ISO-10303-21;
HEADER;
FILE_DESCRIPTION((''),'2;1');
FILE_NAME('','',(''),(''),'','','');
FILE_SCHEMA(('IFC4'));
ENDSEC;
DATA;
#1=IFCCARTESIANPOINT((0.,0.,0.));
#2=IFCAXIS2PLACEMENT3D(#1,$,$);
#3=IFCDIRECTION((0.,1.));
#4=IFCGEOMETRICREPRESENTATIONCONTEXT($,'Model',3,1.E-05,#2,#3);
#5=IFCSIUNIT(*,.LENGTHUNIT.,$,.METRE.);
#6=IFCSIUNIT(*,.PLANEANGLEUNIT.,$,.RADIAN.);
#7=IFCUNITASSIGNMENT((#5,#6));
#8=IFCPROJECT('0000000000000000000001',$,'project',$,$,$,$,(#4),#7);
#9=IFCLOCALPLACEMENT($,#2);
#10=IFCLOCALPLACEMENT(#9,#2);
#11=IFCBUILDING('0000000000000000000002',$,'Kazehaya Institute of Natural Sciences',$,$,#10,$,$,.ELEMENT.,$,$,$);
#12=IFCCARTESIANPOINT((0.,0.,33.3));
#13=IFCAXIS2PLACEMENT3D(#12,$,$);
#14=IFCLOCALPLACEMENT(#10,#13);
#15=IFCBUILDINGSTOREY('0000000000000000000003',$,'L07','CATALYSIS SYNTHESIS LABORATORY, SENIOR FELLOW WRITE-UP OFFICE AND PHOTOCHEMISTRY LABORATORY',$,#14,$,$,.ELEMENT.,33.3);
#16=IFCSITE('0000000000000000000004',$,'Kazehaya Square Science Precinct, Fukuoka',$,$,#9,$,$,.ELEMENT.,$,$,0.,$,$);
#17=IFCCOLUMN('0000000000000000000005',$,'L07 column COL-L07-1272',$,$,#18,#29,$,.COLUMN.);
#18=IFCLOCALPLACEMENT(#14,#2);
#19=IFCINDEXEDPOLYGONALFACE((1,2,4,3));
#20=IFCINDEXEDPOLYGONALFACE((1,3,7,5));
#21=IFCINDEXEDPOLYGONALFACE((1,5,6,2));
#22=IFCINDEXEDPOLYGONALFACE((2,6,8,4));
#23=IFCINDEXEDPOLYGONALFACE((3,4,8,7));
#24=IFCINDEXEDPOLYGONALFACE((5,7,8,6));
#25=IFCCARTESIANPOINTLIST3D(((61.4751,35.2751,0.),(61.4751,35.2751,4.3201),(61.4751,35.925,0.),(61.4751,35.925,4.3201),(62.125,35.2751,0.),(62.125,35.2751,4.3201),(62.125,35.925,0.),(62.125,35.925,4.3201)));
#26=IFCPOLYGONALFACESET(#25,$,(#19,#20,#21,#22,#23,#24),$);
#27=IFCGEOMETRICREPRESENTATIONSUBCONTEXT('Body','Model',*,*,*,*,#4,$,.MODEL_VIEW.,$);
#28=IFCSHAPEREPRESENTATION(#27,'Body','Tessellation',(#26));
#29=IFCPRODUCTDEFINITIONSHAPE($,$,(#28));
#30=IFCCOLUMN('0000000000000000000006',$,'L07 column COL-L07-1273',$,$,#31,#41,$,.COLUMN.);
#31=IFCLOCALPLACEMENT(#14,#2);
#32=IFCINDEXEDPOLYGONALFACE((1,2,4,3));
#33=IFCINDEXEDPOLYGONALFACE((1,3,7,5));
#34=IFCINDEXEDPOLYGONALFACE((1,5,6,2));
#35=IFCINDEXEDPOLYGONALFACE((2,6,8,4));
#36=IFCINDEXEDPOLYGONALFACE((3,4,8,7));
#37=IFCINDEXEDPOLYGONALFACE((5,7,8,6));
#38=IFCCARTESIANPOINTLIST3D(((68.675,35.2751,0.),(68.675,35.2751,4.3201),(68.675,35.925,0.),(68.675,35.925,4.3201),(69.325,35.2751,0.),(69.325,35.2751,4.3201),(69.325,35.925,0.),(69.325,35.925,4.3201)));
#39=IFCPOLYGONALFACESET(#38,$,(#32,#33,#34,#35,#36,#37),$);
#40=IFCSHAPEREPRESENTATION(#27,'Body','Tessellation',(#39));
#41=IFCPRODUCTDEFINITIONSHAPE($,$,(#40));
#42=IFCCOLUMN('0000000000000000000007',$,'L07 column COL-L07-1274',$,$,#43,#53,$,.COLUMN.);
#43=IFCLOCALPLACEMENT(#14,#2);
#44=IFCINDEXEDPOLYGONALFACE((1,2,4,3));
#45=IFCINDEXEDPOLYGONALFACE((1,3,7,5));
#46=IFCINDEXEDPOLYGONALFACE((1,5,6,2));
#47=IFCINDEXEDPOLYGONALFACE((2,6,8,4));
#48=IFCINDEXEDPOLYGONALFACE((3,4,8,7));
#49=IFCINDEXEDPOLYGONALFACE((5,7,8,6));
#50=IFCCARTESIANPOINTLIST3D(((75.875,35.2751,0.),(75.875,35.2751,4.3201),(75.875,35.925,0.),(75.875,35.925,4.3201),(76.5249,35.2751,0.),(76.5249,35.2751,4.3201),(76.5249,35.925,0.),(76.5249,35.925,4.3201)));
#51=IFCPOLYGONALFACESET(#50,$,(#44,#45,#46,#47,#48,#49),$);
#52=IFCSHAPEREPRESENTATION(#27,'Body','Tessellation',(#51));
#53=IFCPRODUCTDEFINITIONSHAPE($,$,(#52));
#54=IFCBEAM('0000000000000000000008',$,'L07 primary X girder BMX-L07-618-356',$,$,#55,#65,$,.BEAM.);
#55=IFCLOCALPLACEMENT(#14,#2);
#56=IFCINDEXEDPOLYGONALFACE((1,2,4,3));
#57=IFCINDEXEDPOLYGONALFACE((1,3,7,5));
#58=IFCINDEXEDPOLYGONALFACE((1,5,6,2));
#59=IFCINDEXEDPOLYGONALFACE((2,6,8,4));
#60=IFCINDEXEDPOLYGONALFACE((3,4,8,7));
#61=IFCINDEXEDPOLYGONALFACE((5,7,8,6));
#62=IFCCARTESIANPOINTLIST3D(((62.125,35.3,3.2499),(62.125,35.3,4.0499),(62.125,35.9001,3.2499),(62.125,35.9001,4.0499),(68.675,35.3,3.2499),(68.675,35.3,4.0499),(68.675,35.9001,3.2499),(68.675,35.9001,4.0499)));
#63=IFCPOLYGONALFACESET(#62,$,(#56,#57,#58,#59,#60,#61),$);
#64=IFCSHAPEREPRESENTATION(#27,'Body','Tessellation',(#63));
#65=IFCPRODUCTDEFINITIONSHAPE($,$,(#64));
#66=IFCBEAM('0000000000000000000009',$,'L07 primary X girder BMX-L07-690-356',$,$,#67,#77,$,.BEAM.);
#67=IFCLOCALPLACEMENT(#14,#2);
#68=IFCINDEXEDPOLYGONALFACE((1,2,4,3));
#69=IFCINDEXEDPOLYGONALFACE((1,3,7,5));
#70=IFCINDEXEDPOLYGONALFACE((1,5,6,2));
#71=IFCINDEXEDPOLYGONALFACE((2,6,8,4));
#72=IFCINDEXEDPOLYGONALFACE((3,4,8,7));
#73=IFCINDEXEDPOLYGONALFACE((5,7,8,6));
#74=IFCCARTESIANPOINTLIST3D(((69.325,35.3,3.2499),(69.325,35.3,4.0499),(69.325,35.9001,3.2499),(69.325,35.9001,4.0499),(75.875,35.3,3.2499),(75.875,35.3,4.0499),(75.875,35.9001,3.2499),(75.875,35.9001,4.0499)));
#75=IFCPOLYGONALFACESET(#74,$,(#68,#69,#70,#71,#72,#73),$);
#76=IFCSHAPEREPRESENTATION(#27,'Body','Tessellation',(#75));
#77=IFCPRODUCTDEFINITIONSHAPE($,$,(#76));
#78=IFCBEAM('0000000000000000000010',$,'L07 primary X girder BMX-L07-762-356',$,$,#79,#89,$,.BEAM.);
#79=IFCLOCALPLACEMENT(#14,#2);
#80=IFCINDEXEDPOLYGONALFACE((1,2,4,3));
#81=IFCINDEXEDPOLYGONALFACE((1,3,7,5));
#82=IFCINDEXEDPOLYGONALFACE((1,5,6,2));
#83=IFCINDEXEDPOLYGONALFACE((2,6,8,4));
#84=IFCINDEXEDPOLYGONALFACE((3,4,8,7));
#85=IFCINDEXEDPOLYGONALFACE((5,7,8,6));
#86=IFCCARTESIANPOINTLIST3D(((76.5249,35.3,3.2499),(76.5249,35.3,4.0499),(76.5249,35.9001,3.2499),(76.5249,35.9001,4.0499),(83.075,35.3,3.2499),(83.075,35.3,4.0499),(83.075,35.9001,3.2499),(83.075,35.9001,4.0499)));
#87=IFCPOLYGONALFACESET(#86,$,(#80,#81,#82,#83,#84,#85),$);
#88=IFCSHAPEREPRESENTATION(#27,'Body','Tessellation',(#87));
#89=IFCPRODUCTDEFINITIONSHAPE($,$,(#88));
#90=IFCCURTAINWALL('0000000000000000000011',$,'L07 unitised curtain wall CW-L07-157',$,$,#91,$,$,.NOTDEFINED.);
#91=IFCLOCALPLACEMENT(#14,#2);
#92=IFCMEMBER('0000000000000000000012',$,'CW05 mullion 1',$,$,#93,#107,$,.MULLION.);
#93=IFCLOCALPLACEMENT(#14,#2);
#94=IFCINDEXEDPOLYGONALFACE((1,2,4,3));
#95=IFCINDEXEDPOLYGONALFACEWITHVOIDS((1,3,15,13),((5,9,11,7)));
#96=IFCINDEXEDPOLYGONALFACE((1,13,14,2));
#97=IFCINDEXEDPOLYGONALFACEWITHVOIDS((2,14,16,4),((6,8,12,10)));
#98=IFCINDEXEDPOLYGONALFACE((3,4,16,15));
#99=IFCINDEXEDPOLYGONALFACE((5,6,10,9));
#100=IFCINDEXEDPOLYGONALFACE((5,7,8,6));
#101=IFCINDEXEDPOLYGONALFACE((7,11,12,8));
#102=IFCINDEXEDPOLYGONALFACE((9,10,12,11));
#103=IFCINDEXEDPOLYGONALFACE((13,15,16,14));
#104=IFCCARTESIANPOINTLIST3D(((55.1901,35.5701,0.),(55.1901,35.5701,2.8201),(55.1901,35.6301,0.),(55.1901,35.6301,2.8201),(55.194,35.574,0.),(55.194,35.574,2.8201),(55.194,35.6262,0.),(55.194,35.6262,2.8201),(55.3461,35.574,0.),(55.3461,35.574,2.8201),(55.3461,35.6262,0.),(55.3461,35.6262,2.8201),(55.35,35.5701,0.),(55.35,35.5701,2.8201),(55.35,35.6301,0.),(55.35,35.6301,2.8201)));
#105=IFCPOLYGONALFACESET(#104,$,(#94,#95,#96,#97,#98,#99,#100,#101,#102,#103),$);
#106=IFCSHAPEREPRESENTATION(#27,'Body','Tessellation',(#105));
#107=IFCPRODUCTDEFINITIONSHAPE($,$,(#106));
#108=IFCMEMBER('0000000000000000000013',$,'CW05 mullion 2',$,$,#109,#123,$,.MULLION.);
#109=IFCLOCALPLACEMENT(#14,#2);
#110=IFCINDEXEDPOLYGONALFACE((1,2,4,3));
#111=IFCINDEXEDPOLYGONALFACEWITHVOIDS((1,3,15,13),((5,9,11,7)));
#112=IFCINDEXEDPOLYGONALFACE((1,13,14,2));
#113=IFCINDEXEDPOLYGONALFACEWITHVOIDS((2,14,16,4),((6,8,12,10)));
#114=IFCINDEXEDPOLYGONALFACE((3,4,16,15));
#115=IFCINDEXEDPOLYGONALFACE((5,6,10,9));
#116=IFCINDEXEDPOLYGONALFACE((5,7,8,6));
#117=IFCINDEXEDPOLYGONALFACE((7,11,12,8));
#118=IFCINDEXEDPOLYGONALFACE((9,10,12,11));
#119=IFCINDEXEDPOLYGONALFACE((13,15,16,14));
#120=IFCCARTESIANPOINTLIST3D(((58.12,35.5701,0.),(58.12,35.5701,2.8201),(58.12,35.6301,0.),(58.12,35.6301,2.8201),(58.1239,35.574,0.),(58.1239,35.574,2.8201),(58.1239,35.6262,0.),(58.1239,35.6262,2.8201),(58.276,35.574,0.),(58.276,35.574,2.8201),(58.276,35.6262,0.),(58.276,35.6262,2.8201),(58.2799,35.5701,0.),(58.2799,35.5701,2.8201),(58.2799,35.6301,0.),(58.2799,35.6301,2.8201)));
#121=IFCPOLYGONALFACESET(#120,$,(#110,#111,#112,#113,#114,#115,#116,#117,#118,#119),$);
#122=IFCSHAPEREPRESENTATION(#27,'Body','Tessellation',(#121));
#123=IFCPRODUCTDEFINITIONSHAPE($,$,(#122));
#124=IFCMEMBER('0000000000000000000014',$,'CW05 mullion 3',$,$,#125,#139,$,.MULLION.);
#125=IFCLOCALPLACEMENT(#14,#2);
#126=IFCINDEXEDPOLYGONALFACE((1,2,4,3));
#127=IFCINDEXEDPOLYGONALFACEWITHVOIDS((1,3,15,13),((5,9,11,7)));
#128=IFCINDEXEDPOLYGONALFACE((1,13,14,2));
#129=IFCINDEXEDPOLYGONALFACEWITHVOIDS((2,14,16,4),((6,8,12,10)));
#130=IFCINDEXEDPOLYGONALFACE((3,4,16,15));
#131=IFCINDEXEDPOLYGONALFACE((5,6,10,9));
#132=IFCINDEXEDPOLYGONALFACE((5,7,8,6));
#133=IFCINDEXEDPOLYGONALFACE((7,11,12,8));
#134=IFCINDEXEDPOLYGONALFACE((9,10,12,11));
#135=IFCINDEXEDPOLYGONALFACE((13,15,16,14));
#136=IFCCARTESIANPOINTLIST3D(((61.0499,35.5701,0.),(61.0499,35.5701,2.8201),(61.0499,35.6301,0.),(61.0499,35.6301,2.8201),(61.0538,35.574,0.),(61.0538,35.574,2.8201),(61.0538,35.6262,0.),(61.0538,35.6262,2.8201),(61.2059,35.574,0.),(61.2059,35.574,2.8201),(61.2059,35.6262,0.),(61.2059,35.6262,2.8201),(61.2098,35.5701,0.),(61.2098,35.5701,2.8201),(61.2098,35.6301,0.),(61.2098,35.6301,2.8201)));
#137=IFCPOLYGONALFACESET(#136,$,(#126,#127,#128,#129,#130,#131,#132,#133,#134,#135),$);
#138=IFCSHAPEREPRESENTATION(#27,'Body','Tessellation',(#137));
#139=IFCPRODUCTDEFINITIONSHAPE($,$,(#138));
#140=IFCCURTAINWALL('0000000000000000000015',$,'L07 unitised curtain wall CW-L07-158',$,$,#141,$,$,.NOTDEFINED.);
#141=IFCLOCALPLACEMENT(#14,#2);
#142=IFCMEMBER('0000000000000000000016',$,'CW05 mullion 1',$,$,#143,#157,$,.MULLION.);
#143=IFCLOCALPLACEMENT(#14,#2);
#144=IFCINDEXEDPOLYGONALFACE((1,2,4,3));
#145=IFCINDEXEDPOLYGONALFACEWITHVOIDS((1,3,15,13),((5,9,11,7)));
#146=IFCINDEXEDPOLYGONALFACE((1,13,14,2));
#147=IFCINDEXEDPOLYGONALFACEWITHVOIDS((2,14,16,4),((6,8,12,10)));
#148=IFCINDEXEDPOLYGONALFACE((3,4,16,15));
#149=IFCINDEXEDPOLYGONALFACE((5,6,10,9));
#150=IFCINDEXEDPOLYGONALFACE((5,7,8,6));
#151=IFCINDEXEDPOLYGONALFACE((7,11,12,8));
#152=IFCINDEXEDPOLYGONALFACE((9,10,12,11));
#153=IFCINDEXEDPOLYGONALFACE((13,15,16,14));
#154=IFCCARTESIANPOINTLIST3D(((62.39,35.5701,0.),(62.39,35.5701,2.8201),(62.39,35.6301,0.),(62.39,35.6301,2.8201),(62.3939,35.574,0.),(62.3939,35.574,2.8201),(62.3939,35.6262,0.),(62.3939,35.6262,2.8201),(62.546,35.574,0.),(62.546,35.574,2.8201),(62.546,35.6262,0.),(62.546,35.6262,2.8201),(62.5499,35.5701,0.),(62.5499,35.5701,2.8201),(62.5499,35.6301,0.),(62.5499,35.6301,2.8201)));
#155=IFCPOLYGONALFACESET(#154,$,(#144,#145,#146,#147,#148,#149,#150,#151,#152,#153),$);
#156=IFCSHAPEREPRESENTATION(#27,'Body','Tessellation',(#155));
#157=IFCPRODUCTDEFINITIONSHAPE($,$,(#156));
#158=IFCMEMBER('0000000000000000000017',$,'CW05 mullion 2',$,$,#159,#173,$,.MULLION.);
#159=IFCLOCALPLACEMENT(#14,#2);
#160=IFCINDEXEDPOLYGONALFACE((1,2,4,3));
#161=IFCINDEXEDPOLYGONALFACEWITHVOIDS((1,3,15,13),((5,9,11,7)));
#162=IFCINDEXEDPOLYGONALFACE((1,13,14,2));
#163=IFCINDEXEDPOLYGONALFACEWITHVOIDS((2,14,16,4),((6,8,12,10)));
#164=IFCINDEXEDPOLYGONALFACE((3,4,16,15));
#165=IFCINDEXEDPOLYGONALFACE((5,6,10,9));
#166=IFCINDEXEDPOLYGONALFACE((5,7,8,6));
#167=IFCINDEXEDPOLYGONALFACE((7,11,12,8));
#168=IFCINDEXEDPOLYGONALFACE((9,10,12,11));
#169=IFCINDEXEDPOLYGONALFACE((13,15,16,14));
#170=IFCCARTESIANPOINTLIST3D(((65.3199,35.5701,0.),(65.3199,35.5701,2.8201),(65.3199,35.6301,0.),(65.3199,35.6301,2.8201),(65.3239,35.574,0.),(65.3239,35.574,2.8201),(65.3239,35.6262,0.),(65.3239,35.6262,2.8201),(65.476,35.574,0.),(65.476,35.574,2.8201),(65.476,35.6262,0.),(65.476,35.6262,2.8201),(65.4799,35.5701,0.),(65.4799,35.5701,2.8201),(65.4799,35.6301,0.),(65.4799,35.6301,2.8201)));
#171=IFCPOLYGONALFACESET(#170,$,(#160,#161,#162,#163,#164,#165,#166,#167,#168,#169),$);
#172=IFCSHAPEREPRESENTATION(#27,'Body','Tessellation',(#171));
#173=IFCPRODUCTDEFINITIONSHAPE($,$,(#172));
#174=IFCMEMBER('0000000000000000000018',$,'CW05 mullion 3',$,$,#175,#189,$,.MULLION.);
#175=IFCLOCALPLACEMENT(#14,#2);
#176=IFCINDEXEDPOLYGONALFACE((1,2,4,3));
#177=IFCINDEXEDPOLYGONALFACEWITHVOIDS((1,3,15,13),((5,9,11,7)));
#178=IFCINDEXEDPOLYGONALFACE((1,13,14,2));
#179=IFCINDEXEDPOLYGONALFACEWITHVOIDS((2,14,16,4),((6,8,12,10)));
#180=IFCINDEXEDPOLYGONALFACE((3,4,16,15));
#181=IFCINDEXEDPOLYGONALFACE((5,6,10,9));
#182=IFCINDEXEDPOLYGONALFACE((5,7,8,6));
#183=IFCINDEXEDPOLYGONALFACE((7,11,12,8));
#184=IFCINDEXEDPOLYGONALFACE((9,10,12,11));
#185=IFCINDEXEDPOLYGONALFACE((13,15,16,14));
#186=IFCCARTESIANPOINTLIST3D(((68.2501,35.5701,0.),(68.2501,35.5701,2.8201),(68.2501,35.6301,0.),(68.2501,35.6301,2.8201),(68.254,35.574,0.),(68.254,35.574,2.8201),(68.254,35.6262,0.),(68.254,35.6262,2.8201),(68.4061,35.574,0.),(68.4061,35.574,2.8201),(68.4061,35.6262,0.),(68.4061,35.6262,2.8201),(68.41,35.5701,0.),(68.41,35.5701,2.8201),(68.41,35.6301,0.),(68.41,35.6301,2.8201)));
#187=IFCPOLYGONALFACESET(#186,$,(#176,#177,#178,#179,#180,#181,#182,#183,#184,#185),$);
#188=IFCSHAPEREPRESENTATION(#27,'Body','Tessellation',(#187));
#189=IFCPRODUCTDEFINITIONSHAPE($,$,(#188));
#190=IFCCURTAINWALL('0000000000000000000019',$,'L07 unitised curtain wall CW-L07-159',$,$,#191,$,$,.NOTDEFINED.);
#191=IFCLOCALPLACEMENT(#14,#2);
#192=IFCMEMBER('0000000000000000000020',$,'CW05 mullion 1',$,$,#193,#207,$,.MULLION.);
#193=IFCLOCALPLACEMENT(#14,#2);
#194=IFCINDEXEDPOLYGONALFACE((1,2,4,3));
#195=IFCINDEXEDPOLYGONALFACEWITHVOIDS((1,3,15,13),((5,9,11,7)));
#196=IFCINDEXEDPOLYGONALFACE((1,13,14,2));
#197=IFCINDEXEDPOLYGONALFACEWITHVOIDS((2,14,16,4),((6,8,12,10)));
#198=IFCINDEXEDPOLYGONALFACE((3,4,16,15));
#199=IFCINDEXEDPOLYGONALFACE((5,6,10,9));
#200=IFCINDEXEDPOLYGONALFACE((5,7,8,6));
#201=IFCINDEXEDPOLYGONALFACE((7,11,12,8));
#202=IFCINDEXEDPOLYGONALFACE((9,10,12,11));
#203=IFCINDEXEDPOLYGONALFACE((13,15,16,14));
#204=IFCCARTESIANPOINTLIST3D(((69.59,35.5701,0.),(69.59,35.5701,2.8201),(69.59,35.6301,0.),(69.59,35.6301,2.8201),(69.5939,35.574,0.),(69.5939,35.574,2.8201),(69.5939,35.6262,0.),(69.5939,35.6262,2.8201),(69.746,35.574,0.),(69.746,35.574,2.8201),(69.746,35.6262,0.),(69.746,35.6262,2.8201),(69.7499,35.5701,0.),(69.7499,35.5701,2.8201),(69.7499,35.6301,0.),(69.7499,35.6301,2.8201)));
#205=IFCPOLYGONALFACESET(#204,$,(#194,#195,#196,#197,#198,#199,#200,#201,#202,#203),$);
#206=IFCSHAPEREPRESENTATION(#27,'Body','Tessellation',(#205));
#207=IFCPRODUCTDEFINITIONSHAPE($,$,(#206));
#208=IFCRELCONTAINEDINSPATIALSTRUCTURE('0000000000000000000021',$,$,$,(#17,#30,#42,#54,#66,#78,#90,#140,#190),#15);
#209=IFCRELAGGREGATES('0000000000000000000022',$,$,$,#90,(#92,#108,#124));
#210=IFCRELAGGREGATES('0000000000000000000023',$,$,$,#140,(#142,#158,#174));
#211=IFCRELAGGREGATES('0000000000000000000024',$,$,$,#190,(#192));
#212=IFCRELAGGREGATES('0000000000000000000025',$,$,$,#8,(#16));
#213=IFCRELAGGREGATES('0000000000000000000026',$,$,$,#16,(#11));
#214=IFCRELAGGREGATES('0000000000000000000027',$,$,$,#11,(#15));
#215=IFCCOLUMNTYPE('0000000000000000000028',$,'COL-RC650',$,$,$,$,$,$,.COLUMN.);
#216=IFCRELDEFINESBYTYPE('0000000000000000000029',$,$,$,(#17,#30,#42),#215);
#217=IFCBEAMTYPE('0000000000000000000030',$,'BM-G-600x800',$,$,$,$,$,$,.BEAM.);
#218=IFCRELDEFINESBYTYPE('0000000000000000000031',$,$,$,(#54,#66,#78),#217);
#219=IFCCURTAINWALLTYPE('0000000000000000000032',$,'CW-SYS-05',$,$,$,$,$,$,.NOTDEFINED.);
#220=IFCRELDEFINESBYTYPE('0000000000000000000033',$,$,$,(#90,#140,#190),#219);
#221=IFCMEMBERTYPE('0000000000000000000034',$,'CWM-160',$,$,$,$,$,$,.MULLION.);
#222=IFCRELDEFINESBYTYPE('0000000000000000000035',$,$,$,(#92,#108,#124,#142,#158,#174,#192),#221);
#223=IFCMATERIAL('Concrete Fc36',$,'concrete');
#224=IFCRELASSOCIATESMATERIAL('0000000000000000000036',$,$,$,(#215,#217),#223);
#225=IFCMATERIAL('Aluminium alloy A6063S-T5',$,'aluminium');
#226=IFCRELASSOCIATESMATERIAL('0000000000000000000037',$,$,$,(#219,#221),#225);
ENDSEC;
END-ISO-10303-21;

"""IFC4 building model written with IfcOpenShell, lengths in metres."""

from ifc_helpers import new_model, si_unit, direction, frame, origin, origin_2d, place, context, subcontext, project, spatial, rectangle, hollow_rectangle, extrude, material, material_profile, profile_set, type_object, element, aggregate, save


model = new_model("IFC4")

# Units and contexts
model_context = context("Model", 3, precision=1e-05, world=origin(), true_north=direction((0.0, 1.0)))
body_context = subcontext(model_context, "Body", "Model", "MODEL_VIEW")
ifc_project = project(units=[si_unit("LENGTHUNIT", "METRE"), si_unit("PLANEANGLEUNIT", "RADIAN")], contexts=[model_context])

# Site, building, storey
site_placement = place(None, origin())
site = spatial("IfcSite", under=ifc_project, at=site_placement, Name="Kazehaya Square Science Precinct, Fukuoka", CompositionType="ELEMENT", RefElevation=0.0)
building_placement = place(site_placement, origin())
building = spatial("IfcBuilding", under=site, at=building_placement, Name="Kazehaya Institute of Natural Sciences", CompositionType="ELEMENT")
storey_placement = place(building_placement, frame((0.0, 0.0, 33.3)))
storey = spatial("IfcBuildingStorey", under=building, at=storey_placement, Name="L07", Description="CATALYSIS SYNTHESIS LABORATORY, SENIOR FELLOW WRITE-UP OFFICE AND PHOTOCHEMISTRY LABORATORY", CompositionType="ELEMENT", Elevation=33.3)

# Columns
ifc_material_1 = material(Name="Concrete Fc36", Category="concrete")
ifc_material_profile_1 = material_profile(ifc_material_1, rectangle(XDim=0.6499, YDim=0.6499, at=origin_2d()), Name="RC-650x650")
ifc_profile_set_1 = profile_set([ifc_material_profile_1], Name="Concrete Fc36")
column_type = type_object("IfcColumnType", Name="COL-RC650", PredefinedType="COLUMN", material=ifc_profile_set_1)
for number, where, z_axis, x_axis, name in (
    (1, (61.8, 35.6001, 0.0), (0.0, 0.0, 1.0), (1.0, 0.0, 0.0), "L07 column COL-L07-1272"),
    (2, (69.0, 35.6001, 0.0), (0.0, 0.0, 1.0), (1.0, 0.0, 0.0), "L07 column COL-L07-1273"),
    (3, (76.2, 35.6001, 0.0), (0.0, 0.0, 1.0), (1.0, 0.0, 0.0), "L07 column COL-L07-1274"),
):
    element("IfcColumn", number, at=place(storey_placement, frame(where, z_axis=z_axis, x_axis=x_axis)), inside=storey, type_object=column_type, Name=name, PredefinedType="COLUMN", context=body_context, shape_type="SweptSolid", body=[
        extrude(rectangle(XDim=0.6499, YDim=0.6499, at=origin_2d()), origin(), (0.0, 0.0, 1.0), 4.3201),
    ])

# Beams
ifc_material_profile_2 = material_profile(ifc_material_1, rectangle(XDim=0.6001, YDim=0.8, at=origin_2d()), Name="RC-600x800")
ifc_profile_set_2 = profile_set([ifc_material_profile_2], Name="Concrete Fc36")
beam_type = type_object("IfcBeamType", Name="BM-G-600x800", PredefinedType="BEAM", material=ifc_profile_set_2)
for number, where, z_axis, x_axis, name in (
    (4, (62.125, 35.6001, 3.6499), (1.0, 0.0, 0.0), (0.0, 1.0, 0.0), "L07 primary X girder BMX-L07-618-356"),
    (5, (69.325, 35.6001, 3.6499), (1.0, 0.0, 0.0), (0.0, 1.0, 0.0), "L07 primary X girder BMX-L07-690-356"),
    (6, (76.5249, 35.6001, 3.6499), (1.0, 0.0, 0.0), (0.0, 1.0, 0.0), "L07 primary X girder BMX-L07-762-356"),
):
    element("IfcBeam", number, at=place(storey_placement, frame(where, z_axis=z_axis, x_axis=x_axis)), inside=storey, type_object=beam_type, Name=name, PredefinedType="BEAM", context=body_context, shape_type="SweptSolid", body=[
        extrude(rectangle(XDim=0.6001, YDim=0.8, at=origin_2d()), origin(), (0.0, 0.0, 1.0), 6.55),
    ])

# Curtain walls, members
ifc_material_2 = material(Name="Aluminium alloy A6063S-T5", Category="aluminium")
curtain_wall_type = type_object("IfcCurtainWallType", Name="CW-SYS-05", PredefinedType="NOTDEFINED", material=ifc_material_2)
curtain_wall_1_placement = place(storey_placement, origin())
curtain_wall_1 = element("IfcCurtainWall", 7, at=curtain_wall_1_placement, inside=storey, type_object=curtain_wall_type, Name="L07 unitised curtain wall CW-L07-157", PredefinedType="NOTDEFINED")
ifc_material_profile_3 = material_profile(ifc_material_2, hollow_rectangle(XDim=0.0601, YDim=0.1599, WallThickness=0.0039, at=origin_2d()), Name="ALU-60x160x4")
ifc_profile_set_3 = profile_set([ifc_material_profile_3], Name="Aluminium alloy A6063S-T5")
member_type_1 = type_object("IfcMemberType", Name="CWM-160", PredefinedType="MULLION", material=ifc_profile_set_3)
member_1_placement = place(storey_placement, frame((55.27, 35.6001, 0.0), z_axis=(0.0, 0.0, 1.0), x_axis=(0.0, 1.0, 0.0)))
member_1 = element("IfcMember", 8, at=member_1_placement, type_object=member_type_1, Name="CW05 mullion 1", PredefinedType="MULLION", context=body_context, shape_type="SweptSolid", body=[
    extrude(hollow_rectangle(XDim=0.0601, YDim=0.1599, WallThickness=0.0039, at=origin_2d()), origin(), (0.0, 0.0, 1.0), 2.8201),
])
member_2_placement = place(storey_placement, frame((58.2, 35.6001, 0.0), z_axis=(0.0, 0.0, 1.0), x_axis=(0.0, 1.0, 0.0)))
member_2 = element("IfcMember", 9, at=member_2_placement, type_object=member_type_1, Name="CW05 mullion 2", PredefinedType="MULLION", context=body_context, shape_type="SweptSolid", body=[
    extrude(hollow_rectangle(XDim=0.0601, YDim=0.1599, WallThickness=0.0039, at=origin_2d()), origin(), (0.0, 0.0, 1.0), 2.8201),
])
member_3_placement = place(storey_placement, frame((61.1299, 35.6001, 0.0), z_axis=(0.0, 0.0, 1.0), x_axis=(0.0, 1.0, 0.0)))
member_3 = element("IfcMember", 10, at=member_3_placement, type_object=member_type_1, Name="CW05 mullion 3", PredefinedType="MULLION", context=body_context, shape_type="SweptSolid", body=[
    extrude(hollow_rectangle(XDim=0.0601, YDim=0.1599, WallThickness=0.0039, at=origin_2d()), origin(), (0.0, 0.0, 1.0), 2.8201),
])
curtain_wall_2_placement = place(storey_placement, origin())
curtain_wall_2 = element("IfcCurtainWall", 11, at=curtain_wall_2_placement, inside=storey, type_object=curtain_wall_type, Name="L07 unitised curtain wall CW-L07-158", PredefinedType="NOTDEFINED")
member_4_placement = place(storey_placement, frame((62.47, 35.6001, 0.0), z_axis=(0.0, 0.0, 1.0), x_axis=(0.0, 1.0, 0.0)))
member_4 = element("IfcMember", 12, at=member_4_placement, type_object=member_type_1, Name="CW05 mullion 1", PredefinedType="MULLION", context=body_context, shape_type="SweptSolid", body=[
    extrude(hollow_rectangle(XDim=0.0601, YDim=0.1599, WallThickness=0.0039, at=origin_2d()), origin(), (0.0, 0.0, 1.0), 2.8201),
])
member_5_placement = place(storey_placement, frame((65.3999, 35.6001, 0.0), z_axis=(0.0, 0.0, 1.0), x_axis=(0.0, 1.0, 0.0)))
member_5 = element("IfcMember", 13, at=member_5_placement, type_object=member_type_1, Name="CW05 mullion 2", PredefinedType="MULLION", context=body_context, shape_type="SweptSolid", body=[
    extrude(hollow_rectangle(XDim=0.0601, YDim=0.1599, WallThickness=0.0039, at=origin_2d()), origin(), (0.0, 0.0, 1.0), 2.8201),
])
member_6_placement = place(storey_placement, frame((68.3301, 35.6001, 0.0), z_axis=(0.0, 0.0, 1.0), x_axis=(0.0, 1.0, 0.0)))
member_6 = element("IfcMember", 14, at=member_6_placement, type_object=member_type_1, Name="CW05 mullion 3", PredefinedType="MULLION", context=body_context, shape_type="SweptSolid", body=[
    extrude(hollow_rectangle(XDim=0.0601, YDim=0.1599, WallThickness=0.0039, at=origin_2d()), origin(), (0.0, 0.0, 1.0), 2.8201),
])
curtain_wall_3_placement = place(storey_placement, origin())
curtain_wall_3 = element("IfcCurtainWall", 15, at=curtain_wall_3_placement, inside=storey, type_object=curtain_wall_type, Name="L07 unitised curtain wall CW-L07-159", PredefinedType="NOTDEFINED")
member_7_placement = place(storey_placement, frame((69.6699, 35.6001, 0.0), z_axis=(0.0, 0.0, 1.0), x_axis=(0.0, 1.0, 0.0)))
member_7 = element("IfcMember", 16, at=member_7_placement, type_object=member_type_1, Name="CW05 mullion 1", PredefinedType="MULLION", context=body_context, shape_type="SweptSolid", body=[
    extrude(hollow_rectangle(XDim=0.0601, YDim=0.1599, WallThickness=0.0039, at=origin_2d()), origin(), (0.0, 0.0, 1.0), 2.8201),
])

aggregate(curtain_wall_1, [member_1, member_2, member_3])
aggregate(curtain_wall_2, [member_4, member_5, member_6])
aggregate(curtain_wall_3, [member_7])

save(model, "model.ifc")
